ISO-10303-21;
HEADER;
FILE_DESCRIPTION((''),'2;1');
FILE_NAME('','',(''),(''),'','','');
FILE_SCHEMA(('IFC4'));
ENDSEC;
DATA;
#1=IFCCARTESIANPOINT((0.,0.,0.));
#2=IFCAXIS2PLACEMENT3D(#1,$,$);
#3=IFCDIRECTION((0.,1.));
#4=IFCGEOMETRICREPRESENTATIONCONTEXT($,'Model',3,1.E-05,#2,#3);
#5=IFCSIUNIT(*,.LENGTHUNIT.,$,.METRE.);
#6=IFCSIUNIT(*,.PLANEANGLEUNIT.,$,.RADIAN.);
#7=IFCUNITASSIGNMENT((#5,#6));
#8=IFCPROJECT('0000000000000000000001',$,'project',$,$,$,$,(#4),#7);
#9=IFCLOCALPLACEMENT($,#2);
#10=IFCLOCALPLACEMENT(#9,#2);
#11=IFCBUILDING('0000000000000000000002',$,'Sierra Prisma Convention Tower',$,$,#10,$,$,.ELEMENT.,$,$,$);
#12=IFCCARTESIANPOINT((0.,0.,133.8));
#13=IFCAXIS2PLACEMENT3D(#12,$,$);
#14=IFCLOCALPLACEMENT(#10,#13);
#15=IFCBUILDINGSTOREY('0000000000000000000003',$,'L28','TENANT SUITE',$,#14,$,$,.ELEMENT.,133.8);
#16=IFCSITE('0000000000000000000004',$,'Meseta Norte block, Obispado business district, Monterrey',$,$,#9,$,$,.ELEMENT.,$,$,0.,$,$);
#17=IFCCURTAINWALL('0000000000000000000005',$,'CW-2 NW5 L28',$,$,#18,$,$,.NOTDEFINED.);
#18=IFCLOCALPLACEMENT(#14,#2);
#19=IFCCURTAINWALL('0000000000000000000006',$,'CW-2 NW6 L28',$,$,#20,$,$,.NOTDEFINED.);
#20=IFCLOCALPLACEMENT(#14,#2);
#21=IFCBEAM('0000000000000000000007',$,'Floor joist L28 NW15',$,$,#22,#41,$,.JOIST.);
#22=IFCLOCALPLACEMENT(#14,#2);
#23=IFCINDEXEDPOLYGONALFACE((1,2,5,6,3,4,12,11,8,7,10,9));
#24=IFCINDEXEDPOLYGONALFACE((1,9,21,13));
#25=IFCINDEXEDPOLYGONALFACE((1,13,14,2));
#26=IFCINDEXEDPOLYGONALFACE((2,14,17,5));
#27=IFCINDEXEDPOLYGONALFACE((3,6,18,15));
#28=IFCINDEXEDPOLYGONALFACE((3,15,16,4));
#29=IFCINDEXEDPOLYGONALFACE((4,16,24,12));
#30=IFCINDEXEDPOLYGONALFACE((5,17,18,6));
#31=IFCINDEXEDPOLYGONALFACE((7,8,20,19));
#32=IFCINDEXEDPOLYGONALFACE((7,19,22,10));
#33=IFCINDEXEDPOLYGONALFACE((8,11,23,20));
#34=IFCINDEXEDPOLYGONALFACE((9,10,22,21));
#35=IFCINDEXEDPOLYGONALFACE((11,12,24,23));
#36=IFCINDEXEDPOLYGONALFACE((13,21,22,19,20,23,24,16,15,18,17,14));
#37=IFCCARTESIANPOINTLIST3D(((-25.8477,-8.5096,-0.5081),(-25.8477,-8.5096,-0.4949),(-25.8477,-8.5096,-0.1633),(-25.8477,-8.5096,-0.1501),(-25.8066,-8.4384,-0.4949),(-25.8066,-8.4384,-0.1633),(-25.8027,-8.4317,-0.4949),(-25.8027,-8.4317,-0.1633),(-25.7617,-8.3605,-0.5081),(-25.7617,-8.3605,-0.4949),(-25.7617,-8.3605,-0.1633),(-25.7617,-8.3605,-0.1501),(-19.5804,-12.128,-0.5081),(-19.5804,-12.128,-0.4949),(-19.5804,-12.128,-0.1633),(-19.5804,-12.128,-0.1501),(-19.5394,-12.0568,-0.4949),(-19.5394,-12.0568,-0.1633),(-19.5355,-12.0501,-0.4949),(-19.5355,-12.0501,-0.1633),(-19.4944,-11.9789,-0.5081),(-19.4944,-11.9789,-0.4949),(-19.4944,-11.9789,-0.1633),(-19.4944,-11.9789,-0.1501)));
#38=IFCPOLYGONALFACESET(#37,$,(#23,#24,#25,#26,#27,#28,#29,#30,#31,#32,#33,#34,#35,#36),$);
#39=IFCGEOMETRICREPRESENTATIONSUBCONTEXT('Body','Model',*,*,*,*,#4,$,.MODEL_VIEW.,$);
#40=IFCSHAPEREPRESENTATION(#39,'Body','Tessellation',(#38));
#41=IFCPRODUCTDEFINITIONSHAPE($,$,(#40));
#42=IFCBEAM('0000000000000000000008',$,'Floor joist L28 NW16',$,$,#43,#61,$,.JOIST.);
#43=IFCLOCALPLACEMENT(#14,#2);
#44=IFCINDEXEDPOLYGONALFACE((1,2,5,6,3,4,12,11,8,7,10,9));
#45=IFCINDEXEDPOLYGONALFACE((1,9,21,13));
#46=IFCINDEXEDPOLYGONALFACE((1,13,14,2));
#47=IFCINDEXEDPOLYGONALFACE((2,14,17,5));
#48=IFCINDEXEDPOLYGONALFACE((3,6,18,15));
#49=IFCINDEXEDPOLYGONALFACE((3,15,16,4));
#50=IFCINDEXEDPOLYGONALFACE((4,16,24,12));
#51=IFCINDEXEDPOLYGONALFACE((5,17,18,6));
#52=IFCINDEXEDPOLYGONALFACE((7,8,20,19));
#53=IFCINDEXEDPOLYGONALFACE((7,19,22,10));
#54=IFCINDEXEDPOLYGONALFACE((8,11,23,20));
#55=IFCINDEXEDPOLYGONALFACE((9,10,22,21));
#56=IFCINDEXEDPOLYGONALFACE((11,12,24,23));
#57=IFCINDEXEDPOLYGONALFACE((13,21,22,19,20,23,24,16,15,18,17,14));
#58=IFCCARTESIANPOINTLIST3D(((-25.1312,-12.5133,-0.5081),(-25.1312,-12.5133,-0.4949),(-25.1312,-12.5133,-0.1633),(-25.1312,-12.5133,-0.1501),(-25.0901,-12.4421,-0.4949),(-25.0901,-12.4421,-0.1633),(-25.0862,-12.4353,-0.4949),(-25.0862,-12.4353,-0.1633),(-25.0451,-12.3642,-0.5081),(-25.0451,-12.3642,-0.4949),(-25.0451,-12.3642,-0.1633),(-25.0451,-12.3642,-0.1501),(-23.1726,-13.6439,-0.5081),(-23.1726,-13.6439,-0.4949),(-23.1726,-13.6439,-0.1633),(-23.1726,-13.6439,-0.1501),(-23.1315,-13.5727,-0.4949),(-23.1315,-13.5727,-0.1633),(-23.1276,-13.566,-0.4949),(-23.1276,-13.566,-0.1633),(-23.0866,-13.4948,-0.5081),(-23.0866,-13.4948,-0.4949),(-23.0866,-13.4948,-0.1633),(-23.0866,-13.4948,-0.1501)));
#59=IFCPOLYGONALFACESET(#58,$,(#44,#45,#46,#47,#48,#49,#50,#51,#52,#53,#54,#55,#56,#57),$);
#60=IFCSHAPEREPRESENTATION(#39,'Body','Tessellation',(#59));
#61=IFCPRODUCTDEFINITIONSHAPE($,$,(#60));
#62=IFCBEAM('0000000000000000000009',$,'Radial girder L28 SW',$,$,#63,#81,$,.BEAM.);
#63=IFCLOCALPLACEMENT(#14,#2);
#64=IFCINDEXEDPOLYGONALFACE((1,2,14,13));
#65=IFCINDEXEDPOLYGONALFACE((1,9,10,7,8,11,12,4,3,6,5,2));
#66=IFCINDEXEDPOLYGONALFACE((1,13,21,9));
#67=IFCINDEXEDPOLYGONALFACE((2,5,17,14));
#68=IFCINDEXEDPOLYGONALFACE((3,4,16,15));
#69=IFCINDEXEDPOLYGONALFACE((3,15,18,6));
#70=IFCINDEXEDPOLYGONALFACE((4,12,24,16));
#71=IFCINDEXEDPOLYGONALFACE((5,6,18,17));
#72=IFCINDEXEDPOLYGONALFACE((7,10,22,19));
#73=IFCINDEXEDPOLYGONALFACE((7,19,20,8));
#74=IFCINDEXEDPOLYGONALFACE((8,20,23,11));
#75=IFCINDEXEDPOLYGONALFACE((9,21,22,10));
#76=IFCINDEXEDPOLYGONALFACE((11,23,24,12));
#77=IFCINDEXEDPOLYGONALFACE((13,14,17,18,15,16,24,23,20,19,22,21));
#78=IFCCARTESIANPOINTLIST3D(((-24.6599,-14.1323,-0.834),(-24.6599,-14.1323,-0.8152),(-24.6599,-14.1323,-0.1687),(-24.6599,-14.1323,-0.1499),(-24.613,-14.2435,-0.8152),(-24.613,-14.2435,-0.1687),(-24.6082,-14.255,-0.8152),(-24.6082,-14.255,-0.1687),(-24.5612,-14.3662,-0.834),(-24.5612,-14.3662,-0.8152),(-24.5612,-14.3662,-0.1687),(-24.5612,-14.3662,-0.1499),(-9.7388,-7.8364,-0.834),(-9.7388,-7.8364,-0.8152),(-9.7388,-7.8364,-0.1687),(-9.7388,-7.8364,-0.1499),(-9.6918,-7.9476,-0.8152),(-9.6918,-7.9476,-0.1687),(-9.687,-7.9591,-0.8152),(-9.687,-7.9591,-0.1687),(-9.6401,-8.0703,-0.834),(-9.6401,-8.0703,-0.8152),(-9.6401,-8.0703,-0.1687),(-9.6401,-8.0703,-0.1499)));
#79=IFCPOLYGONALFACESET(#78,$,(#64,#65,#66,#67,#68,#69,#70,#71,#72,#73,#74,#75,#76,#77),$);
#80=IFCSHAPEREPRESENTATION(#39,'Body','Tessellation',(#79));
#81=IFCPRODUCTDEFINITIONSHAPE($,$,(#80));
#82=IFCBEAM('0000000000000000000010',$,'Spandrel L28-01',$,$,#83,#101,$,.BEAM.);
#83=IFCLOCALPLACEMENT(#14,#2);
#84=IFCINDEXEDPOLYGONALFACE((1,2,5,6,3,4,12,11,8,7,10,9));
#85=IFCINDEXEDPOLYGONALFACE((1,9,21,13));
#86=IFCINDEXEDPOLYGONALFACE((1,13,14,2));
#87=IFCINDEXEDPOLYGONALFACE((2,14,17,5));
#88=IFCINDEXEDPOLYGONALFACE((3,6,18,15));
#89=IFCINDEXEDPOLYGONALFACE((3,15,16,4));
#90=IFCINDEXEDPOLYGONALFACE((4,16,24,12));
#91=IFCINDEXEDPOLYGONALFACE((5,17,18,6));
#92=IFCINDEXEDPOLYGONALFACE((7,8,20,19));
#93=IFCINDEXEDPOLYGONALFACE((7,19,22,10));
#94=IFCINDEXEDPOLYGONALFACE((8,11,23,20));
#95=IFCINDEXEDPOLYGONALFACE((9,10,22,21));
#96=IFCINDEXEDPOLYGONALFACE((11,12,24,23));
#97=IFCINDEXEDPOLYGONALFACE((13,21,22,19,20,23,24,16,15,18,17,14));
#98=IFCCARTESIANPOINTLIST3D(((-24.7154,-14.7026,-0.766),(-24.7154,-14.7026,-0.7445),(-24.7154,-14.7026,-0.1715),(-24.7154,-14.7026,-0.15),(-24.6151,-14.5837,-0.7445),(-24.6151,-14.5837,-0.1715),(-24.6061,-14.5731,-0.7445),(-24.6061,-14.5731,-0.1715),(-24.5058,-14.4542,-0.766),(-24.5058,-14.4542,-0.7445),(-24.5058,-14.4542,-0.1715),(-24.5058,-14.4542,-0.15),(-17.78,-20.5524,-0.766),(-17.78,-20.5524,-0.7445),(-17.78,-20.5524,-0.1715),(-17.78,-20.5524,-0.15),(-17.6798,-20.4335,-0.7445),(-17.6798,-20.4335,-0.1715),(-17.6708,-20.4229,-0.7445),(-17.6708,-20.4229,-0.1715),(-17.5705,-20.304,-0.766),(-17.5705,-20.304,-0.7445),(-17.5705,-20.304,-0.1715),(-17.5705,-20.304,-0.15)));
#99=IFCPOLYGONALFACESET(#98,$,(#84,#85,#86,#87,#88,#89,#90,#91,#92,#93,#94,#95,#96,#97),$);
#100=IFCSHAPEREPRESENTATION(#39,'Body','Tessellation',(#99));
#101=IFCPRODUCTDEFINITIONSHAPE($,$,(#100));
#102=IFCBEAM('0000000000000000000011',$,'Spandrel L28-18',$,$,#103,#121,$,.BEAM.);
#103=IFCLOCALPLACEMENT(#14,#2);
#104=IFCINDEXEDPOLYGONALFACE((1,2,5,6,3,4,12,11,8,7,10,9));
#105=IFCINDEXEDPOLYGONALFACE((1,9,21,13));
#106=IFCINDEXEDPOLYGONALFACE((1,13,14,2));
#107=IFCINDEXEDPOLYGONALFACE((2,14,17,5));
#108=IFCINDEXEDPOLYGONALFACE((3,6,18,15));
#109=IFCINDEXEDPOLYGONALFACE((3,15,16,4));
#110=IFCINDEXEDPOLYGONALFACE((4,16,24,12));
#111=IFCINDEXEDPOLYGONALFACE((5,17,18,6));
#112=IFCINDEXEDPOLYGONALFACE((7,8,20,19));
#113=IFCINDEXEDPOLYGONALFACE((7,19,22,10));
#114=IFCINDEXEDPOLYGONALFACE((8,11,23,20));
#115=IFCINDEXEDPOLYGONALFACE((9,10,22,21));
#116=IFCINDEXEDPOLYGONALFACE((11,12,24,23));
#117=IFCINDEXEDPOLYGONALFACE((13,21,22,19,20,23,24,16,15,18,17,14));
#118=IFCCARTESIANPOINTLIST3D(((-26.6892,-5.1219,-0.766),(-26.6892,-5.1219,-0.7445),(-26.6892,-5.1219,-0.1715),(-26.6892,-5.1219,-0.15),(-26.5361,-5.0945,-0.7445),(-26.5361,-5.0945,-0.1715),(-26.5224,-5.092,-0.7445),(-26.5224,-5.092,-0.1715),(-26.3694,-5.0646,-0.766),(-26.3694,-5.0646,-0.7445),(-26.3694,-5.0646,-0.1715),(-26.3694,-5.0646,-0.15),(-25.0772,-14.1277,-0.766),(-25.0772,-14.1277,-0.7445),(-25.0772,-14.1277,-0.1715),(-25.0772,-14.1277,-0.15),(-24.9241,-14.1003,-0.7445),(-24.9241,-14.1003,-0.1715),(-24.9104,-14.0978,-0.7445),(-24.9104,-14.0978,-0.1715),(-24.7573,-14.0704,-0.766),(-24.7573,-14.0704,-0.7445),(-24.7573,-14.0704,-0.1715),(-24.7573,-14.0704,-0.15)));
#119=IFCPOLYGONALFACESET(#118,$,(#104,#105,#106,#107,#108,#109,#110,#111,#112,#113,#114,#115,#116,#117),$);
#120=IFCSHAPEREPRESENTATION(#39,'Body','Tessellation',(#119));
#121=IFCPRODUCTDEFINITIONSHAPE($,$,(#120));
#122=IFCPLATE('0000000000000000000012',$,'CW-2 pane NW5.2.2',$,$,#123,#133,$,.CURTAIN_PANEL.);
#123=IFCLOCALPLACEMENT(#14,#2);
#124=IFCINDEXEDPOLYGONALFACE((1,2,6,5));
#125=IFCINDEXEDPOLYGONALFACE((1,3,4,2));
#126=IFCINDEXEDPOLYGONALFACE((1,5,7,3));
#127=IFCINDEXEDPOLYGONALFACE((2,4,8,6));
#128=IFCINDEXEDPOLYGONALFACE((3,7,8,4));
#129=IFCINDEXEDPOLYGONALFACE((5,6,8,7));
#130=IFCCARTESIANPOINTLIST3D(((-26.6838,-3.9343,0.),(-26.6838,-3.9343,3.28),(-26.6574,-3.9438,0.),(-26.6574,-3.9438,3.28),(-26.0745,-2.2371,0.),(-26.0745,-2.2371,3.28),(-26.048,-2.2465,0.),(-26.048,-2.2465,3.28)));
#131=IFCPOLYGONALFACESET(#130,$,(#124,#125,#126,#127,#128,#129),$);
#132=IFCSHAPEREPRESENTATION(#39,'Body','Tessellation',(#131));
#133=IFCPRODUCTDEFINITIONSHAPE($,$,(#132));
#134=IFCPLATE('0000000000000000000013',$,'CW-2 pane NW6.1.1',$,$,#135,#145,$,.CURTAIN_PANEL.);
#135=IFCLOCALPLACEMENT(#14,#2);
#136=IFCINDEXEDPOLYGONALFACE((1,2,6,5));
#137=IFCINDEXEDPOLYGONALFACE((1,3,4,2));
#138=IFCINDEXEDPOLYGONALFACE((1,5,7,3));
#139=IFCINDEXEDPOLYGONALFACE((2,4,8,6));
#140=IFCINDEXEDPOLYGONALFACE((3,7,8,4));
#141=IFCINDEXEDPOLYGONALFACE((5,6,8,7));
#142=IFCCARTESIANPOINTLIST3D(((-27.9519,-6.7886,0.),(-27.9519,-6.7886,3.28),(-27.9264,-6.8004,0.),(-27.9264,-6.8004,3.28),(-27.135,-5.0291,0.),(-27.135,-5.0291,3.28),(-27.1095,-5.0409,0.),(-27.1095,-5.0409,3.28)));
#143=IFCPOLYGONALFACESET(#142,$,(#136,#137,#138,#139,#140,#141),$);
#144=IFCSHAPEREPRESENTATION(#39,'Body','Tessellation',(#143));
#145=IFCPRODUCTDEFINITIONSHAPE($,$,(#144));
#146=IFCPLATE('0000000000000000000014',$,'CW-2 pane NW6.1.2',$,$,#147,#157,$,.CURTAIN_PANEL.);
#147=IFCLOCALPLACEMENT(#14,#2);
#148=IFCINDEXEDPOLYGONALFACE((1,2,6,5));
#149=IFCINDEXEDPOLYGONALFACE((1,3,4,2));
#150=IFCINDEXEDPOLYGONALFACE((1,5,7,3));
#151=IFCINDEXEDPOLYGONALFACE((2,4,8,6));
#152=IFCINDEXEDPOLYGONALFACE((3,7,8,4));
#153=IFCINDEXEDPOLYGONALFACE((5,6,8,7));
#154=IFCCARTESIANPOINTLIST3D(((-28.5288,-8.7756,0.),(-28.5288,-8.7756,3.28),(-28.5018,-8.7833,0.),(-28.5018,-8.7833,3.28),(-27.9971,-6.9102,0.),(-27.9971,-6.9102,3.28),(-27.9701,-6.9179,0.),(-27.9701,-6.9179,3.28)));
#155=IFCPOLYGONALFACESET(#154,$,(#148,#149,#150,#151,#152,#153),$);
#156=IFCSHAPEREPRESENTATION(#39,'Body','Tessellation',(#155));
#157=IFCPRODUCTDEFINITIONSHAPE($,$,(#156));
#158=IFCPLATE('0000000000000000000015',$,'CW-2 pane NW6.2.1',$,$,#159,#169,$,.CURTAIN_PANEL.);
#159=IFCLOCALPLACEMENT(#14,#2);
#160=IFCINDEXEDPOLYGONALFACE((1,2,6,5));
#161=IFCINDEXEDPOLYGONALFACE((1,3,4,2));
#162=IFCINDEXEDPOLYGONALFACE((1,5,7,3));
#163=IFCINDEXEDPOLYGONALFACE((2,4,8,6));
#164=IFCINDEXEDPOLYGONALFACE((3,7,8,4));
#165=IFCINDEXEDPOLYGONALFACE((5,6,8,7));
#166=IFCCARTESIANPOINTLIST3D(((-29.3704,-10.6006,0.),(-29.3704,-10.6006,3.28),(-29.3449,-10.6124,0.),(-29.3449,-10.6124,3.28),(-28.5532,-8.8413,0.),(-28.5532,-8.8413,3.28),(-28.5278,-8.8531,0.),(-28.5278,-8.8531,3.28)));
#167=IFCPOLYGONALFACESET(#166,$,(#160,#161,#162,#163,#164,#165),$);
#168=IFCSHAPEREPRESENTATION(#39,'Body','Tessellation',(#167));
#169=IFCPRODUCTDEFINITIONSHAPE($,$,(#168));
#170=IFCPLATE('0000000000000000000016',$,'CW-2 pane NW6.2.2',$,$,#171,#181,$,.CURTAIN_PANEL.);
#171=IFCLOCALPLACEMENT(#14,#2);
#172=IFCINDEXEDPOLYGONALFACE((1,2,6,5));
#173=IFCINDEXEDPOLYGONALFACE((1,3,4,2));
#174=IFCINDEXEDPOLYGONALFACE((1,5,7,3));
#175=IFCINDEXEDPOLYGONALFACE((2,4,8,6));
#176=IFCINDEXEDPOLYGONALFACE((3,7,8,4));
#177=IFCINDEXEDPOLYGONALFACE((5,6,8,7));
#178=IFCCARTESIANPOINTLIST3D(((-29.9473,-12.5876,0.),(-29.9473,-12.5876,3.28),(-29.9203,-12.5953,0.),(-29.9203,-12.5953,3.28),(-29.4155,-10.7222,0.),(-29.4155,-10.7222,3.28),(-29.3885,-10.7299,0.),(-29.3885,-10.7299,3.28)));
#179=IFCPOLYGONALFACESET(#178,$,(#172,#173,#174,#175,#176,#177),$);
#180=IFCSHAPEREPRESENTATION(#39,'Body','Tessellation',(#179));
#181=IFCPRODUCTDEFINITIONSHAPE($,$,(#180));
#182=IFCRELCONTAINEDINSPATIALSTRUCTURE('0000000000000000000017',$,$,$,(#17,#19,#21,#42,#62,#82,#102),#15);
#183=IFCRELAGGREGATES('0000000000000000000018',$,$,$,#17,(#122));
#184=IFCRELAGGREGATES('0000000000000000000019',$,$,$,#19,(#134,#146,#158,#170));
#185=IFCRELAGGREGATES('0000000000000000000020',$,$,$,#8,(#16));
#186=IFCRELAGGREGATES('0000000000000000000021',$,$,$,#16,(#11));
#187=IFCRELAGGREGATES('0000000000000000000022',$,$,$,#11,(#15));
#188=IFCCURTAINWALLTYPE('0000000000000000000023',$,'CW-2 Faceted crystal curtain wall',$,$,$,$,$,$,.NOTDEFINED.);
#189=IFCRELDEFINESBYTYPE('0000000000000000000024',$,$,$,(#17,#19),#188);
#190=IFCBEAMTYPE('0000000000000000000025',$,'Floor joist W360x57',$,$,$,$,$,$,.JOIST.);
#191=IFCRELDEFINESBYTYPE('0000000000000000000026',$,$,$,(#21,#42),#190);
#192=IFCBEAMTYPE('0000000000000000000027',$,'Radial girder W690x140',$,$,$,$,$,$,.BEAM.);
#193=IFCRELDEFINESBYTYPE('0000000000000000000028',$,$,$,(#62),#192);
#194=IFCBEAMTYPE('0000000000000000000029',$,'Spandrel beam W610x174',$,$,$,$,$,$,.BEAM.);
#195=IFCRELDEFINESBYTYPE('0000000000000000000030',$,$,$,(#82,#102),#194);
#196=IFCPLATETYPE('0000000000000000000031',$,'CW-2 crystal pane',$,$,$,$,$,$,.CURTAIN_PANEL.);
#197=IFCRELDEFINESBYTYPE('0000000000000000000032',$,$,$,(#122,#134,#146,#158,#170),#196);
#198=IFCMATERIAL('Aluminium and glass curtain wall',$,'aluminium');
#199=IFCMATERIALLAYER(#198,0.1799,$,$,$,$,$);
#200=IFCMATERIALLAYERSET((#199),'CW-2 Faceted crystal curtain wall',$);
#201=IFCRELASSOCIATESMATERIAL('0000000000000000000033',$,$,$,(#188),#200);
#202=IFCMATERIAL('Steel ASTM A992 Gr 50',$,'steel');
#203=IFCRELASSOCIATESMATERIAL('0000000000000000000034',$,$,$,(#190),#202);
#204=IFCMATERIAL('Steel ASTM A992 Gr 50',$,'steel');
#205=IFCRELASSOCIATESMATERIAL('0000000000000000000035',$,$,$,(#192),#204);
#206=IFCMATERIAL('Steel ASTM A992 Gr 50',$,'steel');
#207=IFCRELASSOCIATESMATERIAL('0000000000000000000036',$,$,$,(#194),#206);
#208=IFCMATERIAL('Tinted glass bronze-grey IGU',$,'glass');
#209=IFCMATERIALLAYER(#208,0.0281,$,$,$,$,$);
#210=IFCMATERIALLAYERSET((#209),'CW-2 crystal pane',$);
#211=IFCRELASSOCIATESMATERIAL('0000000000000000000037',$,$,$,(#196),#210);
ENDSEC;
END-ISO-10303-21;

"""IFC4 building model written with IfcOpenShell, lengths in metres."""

from ifc_helpers import new_model, si_unit, direction, frame, origin, origin_2d, place, context, subcontext, project, spatial, polyline, i_section, outline, extrude, material, layer, layer_set, material_profile, profile_set, type_object, element, aggregate, save


model = new_model("IFC4")

# Units and contexts
model_context = context("Model", 3, precision=1e-05, world=origin(), true_north=direction((0.0, 1.0)))
body_context = subcontext(model_context, "Body", "Model", "MODEL_VIEW")
ifc_project = project(units=[si_unit("LENGTHUNIT", "METRE"), si_unit("PLANEANGLEUNIT", "RADIAN")], contexts=[model_context])

# Site, building, storey
site_placement = place(None, origin())
site = spatial("IfcSite", under=ifc_project, at=site_placement, Name="Meseta Norte block, Obispado business district, Monterrey", CompositionType="ELEMENT", RefElevation=0.0)
building_placement = place(site_placement, origin())
building = spatial("IfcBuilding", under=site, at=building_placement, Name="Sierra Prisma Convention Tower", CompositionType="ELEMENT")
storey_placement = place(building_placement, frame((0.0, 0.0, 133.8)))
storey = spatial("IfcBuildingStorey", under=building, at=storey_placement, Name="L28", Description="TENANT SUITE", CompositionType="ELEMENT", Elevation=133.8)

# Curtain wall
ifc_material_1 = material(Name="Aluminium and glass curtain wall", Category="aluminium")
ifc_layer_1 = layer(ifc_material_1, 0.1799)
ifc_layer_set_1 = layer_set([ifc_layer_1], Name="CW-2 Faceted crystal curtain wall")
curtain_wall_type = type_object("IfcCurtainWallType", Name="CW-2 Faceted crystal curtain wall", PredefinedType="NOTDEFINED", material=ifc_layer_set_1)
curtain_wall_1_placement = place(storey_placement, origin())
curtain_wall_1 = element("IfcCurtainWall", 1, at=curtain_wall_1_placement, inside=storey, type_object=curtain_wall_type, Name="CW-2 NW5 L28", PredefinedType="NOTDEFINED")

# Curtain wall
curtain_wall_2_placement = place(storey_placement, origin())
curtain_wall_2 = element("IfcCurtainWall", 2, at=curtain_wall_2_placement, inside=storey, type_object=curtain_wall_type, Name="CW-2 NW6 L28", PredefinedType="NOTDEFINED")

# Beams
ifc_material_2 = material(Name="Steel ASTM A992 Gr 50", Category="steel")
ifc_material_profile_1 = material_profile(ifc_material_2, i_section(OverallWidth=0.1721, OverallDepth=0.3579, WebThickness=0.0078, FlangeThickness=0.0132, at=origin_2d()), Name="W360x57")
ifc_profile_set_1 = profile_set([ifc_material_profile_1], Name="Steel ASTM A992 Gr 50")
beam_type_1 = type_object("IfcBeamType", Name="Floor joist W360x57", PredefinedType="JOIST", material=ifc_profile_set_1)
beam_1_placement = place(storey_placement, frame((-25.8047, -8.4351, -0.3291), z_axis=(0.866028, -0.499996, 0.0), x_axis=(0.499996, 0.866028, 0.0)))
element("IfcBeam", 3, at=beam_1_placement, inside=storey, type_object=beam_type_1, Name="Floor joist L28 NW15", PredefinedType="JOIST", context=body_context, shape_type="SweptSolid", body=[
    extrude(i_section(OverallWidth=0.1721, OverallDepth=0.3579, WebThickness=0.0078, FlangeThickness=0.0132, at=origin_2d()), origin(), (0.0, 0.0, 1.0), 7.2368),
])
beam_2_placement = place(storey_placement, frame((-25.0881, -12.4387, -0.3291), z_axis=(0.866049, -0.499959, 0.0), x_axis=(0.499959, 0.866049, 0.0)))
element("IfcBeam", 4, at=beam_2_placement, inside=storey, type_object=beam_type_1, Name="Floor joist L28 NW16", PredefinedType="JOIST", context=body_context, shape_type="SweptSolid", body=[
    extrude(i_section(OverallWidth=0.1721, OverallDepth=0.3579, WebThickness=0.0078, FlangeThickness=0.0132, at=origin_2d()), origin(), (0.0, 0.0, 1.0), 2.2615),
])
ifc_material_3 = material(Name="Steel ASTM A992 Gr 50", Category="steel")
ifc_material_profile_2 = material_profile(ifc_material_3, i_section(OverallWidth=0.2539, OverallDepth=0.6841, WebThickness=0.0125, FlangeThickness=0.0188, at=origin_2d()), Name="W690x140")
ifc_profile_set_2 = profile_set([ifc_material_profile_2], Name="Steel ASTM A992 Gr 50")
beam_type_2 = type_object("IfcBeamType", Name="Radial girder W690x140", PredefinedType="BEAM", material=ifc_profile_set_2)
beam_3_placement = place(storey_placement, frame((-24.6106, -14.2493, -0.4919), z_axis=(0.921341, 0.388755, 0.0), x_axis=(-0.388755, 0.921341, 0.0)))
element("IfcBeam", 5, at=beam_3_placement, inside=storey, type_object=beam_type_2, Name="Radial girder L28 SW", PredefinedType="BEAM", context=body_context, shape_type="SweptSolid", body=[
    extrude(i_section(OverallWidth=0.2539, OverallDepth=0.6841, WebThickness=0.0125, FlangeThickness=0.0188, at=origin_2d()), origin(), (0.0, 0.0, 1.0), 16.1951),
])
ifc_material_4 = material(Name="Steel ASTM A992 Gr 50", Category="steel")
ifc_material_profile_3 = material_profile(ifc_material_4, i_section(OverallWidth=0.325, OverallDepth=0.616, WebThickness=0.0139, FlangeThickness=0.0215, at=origin_2d()), Name="W610x174")
ifc_profile_set_3 = profile_set([ifc_material_profile_3], Name="Steel ASTM A992 Gr 50")
beam_type_3 = type_object("IfcBeamType", Name="Spandrel beam W610x174", PredefinedType="BEAM", material=ifc_profile_set_3)
beam_4_placement = place(storey_placement, frame((-24.6106, -14.5784, -0.458), z_axis=(0.76439, -0.644755, 0.0), x_axis=(0.644755, 0.76439, 0.0)))
element("IfcBeam", 6, at=beam_4_placement, inside=storey, type_object=beam_type_3, Name="Spandrel L28-01", PredefinedType="BEAM", context=body_context, shape_type="SweptSolid", body=[
    extrude(i_section(OverallWidth=0.325, OverallDepth=0.616, WebThickness=0.0139, FlangeThickness=0.0215, at=origin_2d()), origin(), (0.0, 0.0, 1.0), 9.073),
])
beam_5_placement = place(storey_placement, frame((-26.5293, -5.0933, -0.458), z_axis=(0.176201, -0.984354, 0.0), x_axis=(0.984354, 0.176201, 0.0)))
element("IfcBeam", 7, at=beam_5_placement, inside=storey, type_object=beam_type_3, Name="Spandrel L28-18", PredefinedType="BEAM", context=body_context, shape_type="SweptSolid", body=[
    extrude(i_section(OverallWidth=0.325, OverallDepth=0.616, WebThickness=0.0139, FlangeThickness=0.0215, at=origin_2d()), origin(), (0.0, 0.0, 1.0), 9.1489),
])

# Plates
ifc_material_5 = material(Name="Tinted glass bronze-grey IGU", Category="glass")
ifc_layer_2 = layer(ifc_material_5, 0.0281)
ifc_layer_set_2 = layer_set([ifc_layer_2], Name="CW-2 crystal pane")
plate_type = type_object("IfcPlateType", Name="CW-2 crystal pane", PredefinedType="CURTAIN_PANEL", material=ifc_layer_set_2)
plate_1_placement = place(storey_placement, frame((-26.6838, -3.9343, 0.0), z_axis=(-0.941177, 0.337914, 0.0), x_axis=(0.337914, 0.941177, 0.0)))
plate_1 = element("IfcPlate", 8, at=plate_1_placement, type_object=plate_type, Name="CW-2 pane NW5.2.2", PredefinedType="CURTAIN_PANEL", context=body_context, shape_type="SweptSolid", body=[
    extrude(outline(polyline([(0.0, 0.0), (1.8033, 0.0), (1.8033, -3.28), (0.0, -3.28), (0.0, 0.0)])), origin(), (0.0, 0.0, -1.0), 0.0281),
])
aggregate(curtain_wall_1, [plate_1])
plate_2_placement = place(storey_placement, frame((-27.135, -5.0291, 0.0), z_axis=(-0.907014, 0.4211, 0.0), x_axis=(-0.4211, -0.907014, 0.0)))
plate_2 = element("IfcPlate", 9, at=plate_2_placement, type_object=plate_type, Name="CW-2 pane NW6.1.1", PredefinedType="CURTAIN_PANEL", context=body_context, shape_type="SweptSolid", body=[
    extrude(outline(polyline([(0.0, 0.0), (1.9399, 0.0), (1.9399, 3.28), (0.0, 3.28), (0.0, 0.0)])), origin(), (0.0, 0.0, -1.0), 0.0281),
])
plate_3_placement = place(storey_placement, frame((-28.5288, -8.7756, 0.0), z_axis=(-0.961695, 0.274123, 0.0), x_axis=(0.274123, 0.961695, 0.0)))
plate_3 = element("IfcPlate", 10, at=plate_3_placement, type_object=plate_type, Name="CW-2 pane NW6.1.2", PredefinedType="CURTAIN_PANEL", context=body_context, shape_type="SweptSolid", body=[
    extrude(outline(polyline([(0.0, 0.0), (1.9398, 0.0), (1.9398, -3.28), (0.0, -3.28), (0.0, 0.0)])), origin(), (0.0, 0.0, -1.0), 0.0281),
])
plate_4_placement = place(storey_placement, frame((-28.5532, -8.8413, 0.0), z_axis=(-0.906944, 0.421252, 0.0), x_axis=(-0.421252, -0.906944, 0.0)))
plate_4 = element("IfcPlate", 11, at=plate_4_placement, type_object=plate_type, Name="CW-2 pane NW6.2.1", PredefinedType="CURTAIN_PANEL", context=body_context, shape_type="SweptSolid", body=[
    extrude(outline(polyline([(0.0, 0.0), (1.9398, 0.0), (1.9398, 3.28), (0.0, 3.28), (0.0, 0.0)])), origin(), (0.0, 0.0, -1.0), 0.0281),
])
plate_5_placement = place(storey_placement, frame((-29.9473, -12.5876, 0.0), z_axis=(-0.961695, 0.274123, 0.0), x_axis=(0.274123, 0.961695, 0.0)))
plate_5 = element("IfcPlate", 12, at=plate_5_placement, type_object=plate_type, Name="CW-2 pane NW6.2.2", PredefinedType="CURTAIN_PANEL", context=body_context, shape_type="SweptSolid", body=[
    extrude(outline(polyline([(0.0, 0.0), (1.9398, 0.0), (1.9398, -3.28), (0.0, -3.28), (0.0, 0.0)])), origin(), (0.0, 0.0, -1.0), 0.0281),
])
aggregate(curtain_wall_2, [plate_2, plate_3, plate_4, plate_5])

save(model, "model.ifc")
